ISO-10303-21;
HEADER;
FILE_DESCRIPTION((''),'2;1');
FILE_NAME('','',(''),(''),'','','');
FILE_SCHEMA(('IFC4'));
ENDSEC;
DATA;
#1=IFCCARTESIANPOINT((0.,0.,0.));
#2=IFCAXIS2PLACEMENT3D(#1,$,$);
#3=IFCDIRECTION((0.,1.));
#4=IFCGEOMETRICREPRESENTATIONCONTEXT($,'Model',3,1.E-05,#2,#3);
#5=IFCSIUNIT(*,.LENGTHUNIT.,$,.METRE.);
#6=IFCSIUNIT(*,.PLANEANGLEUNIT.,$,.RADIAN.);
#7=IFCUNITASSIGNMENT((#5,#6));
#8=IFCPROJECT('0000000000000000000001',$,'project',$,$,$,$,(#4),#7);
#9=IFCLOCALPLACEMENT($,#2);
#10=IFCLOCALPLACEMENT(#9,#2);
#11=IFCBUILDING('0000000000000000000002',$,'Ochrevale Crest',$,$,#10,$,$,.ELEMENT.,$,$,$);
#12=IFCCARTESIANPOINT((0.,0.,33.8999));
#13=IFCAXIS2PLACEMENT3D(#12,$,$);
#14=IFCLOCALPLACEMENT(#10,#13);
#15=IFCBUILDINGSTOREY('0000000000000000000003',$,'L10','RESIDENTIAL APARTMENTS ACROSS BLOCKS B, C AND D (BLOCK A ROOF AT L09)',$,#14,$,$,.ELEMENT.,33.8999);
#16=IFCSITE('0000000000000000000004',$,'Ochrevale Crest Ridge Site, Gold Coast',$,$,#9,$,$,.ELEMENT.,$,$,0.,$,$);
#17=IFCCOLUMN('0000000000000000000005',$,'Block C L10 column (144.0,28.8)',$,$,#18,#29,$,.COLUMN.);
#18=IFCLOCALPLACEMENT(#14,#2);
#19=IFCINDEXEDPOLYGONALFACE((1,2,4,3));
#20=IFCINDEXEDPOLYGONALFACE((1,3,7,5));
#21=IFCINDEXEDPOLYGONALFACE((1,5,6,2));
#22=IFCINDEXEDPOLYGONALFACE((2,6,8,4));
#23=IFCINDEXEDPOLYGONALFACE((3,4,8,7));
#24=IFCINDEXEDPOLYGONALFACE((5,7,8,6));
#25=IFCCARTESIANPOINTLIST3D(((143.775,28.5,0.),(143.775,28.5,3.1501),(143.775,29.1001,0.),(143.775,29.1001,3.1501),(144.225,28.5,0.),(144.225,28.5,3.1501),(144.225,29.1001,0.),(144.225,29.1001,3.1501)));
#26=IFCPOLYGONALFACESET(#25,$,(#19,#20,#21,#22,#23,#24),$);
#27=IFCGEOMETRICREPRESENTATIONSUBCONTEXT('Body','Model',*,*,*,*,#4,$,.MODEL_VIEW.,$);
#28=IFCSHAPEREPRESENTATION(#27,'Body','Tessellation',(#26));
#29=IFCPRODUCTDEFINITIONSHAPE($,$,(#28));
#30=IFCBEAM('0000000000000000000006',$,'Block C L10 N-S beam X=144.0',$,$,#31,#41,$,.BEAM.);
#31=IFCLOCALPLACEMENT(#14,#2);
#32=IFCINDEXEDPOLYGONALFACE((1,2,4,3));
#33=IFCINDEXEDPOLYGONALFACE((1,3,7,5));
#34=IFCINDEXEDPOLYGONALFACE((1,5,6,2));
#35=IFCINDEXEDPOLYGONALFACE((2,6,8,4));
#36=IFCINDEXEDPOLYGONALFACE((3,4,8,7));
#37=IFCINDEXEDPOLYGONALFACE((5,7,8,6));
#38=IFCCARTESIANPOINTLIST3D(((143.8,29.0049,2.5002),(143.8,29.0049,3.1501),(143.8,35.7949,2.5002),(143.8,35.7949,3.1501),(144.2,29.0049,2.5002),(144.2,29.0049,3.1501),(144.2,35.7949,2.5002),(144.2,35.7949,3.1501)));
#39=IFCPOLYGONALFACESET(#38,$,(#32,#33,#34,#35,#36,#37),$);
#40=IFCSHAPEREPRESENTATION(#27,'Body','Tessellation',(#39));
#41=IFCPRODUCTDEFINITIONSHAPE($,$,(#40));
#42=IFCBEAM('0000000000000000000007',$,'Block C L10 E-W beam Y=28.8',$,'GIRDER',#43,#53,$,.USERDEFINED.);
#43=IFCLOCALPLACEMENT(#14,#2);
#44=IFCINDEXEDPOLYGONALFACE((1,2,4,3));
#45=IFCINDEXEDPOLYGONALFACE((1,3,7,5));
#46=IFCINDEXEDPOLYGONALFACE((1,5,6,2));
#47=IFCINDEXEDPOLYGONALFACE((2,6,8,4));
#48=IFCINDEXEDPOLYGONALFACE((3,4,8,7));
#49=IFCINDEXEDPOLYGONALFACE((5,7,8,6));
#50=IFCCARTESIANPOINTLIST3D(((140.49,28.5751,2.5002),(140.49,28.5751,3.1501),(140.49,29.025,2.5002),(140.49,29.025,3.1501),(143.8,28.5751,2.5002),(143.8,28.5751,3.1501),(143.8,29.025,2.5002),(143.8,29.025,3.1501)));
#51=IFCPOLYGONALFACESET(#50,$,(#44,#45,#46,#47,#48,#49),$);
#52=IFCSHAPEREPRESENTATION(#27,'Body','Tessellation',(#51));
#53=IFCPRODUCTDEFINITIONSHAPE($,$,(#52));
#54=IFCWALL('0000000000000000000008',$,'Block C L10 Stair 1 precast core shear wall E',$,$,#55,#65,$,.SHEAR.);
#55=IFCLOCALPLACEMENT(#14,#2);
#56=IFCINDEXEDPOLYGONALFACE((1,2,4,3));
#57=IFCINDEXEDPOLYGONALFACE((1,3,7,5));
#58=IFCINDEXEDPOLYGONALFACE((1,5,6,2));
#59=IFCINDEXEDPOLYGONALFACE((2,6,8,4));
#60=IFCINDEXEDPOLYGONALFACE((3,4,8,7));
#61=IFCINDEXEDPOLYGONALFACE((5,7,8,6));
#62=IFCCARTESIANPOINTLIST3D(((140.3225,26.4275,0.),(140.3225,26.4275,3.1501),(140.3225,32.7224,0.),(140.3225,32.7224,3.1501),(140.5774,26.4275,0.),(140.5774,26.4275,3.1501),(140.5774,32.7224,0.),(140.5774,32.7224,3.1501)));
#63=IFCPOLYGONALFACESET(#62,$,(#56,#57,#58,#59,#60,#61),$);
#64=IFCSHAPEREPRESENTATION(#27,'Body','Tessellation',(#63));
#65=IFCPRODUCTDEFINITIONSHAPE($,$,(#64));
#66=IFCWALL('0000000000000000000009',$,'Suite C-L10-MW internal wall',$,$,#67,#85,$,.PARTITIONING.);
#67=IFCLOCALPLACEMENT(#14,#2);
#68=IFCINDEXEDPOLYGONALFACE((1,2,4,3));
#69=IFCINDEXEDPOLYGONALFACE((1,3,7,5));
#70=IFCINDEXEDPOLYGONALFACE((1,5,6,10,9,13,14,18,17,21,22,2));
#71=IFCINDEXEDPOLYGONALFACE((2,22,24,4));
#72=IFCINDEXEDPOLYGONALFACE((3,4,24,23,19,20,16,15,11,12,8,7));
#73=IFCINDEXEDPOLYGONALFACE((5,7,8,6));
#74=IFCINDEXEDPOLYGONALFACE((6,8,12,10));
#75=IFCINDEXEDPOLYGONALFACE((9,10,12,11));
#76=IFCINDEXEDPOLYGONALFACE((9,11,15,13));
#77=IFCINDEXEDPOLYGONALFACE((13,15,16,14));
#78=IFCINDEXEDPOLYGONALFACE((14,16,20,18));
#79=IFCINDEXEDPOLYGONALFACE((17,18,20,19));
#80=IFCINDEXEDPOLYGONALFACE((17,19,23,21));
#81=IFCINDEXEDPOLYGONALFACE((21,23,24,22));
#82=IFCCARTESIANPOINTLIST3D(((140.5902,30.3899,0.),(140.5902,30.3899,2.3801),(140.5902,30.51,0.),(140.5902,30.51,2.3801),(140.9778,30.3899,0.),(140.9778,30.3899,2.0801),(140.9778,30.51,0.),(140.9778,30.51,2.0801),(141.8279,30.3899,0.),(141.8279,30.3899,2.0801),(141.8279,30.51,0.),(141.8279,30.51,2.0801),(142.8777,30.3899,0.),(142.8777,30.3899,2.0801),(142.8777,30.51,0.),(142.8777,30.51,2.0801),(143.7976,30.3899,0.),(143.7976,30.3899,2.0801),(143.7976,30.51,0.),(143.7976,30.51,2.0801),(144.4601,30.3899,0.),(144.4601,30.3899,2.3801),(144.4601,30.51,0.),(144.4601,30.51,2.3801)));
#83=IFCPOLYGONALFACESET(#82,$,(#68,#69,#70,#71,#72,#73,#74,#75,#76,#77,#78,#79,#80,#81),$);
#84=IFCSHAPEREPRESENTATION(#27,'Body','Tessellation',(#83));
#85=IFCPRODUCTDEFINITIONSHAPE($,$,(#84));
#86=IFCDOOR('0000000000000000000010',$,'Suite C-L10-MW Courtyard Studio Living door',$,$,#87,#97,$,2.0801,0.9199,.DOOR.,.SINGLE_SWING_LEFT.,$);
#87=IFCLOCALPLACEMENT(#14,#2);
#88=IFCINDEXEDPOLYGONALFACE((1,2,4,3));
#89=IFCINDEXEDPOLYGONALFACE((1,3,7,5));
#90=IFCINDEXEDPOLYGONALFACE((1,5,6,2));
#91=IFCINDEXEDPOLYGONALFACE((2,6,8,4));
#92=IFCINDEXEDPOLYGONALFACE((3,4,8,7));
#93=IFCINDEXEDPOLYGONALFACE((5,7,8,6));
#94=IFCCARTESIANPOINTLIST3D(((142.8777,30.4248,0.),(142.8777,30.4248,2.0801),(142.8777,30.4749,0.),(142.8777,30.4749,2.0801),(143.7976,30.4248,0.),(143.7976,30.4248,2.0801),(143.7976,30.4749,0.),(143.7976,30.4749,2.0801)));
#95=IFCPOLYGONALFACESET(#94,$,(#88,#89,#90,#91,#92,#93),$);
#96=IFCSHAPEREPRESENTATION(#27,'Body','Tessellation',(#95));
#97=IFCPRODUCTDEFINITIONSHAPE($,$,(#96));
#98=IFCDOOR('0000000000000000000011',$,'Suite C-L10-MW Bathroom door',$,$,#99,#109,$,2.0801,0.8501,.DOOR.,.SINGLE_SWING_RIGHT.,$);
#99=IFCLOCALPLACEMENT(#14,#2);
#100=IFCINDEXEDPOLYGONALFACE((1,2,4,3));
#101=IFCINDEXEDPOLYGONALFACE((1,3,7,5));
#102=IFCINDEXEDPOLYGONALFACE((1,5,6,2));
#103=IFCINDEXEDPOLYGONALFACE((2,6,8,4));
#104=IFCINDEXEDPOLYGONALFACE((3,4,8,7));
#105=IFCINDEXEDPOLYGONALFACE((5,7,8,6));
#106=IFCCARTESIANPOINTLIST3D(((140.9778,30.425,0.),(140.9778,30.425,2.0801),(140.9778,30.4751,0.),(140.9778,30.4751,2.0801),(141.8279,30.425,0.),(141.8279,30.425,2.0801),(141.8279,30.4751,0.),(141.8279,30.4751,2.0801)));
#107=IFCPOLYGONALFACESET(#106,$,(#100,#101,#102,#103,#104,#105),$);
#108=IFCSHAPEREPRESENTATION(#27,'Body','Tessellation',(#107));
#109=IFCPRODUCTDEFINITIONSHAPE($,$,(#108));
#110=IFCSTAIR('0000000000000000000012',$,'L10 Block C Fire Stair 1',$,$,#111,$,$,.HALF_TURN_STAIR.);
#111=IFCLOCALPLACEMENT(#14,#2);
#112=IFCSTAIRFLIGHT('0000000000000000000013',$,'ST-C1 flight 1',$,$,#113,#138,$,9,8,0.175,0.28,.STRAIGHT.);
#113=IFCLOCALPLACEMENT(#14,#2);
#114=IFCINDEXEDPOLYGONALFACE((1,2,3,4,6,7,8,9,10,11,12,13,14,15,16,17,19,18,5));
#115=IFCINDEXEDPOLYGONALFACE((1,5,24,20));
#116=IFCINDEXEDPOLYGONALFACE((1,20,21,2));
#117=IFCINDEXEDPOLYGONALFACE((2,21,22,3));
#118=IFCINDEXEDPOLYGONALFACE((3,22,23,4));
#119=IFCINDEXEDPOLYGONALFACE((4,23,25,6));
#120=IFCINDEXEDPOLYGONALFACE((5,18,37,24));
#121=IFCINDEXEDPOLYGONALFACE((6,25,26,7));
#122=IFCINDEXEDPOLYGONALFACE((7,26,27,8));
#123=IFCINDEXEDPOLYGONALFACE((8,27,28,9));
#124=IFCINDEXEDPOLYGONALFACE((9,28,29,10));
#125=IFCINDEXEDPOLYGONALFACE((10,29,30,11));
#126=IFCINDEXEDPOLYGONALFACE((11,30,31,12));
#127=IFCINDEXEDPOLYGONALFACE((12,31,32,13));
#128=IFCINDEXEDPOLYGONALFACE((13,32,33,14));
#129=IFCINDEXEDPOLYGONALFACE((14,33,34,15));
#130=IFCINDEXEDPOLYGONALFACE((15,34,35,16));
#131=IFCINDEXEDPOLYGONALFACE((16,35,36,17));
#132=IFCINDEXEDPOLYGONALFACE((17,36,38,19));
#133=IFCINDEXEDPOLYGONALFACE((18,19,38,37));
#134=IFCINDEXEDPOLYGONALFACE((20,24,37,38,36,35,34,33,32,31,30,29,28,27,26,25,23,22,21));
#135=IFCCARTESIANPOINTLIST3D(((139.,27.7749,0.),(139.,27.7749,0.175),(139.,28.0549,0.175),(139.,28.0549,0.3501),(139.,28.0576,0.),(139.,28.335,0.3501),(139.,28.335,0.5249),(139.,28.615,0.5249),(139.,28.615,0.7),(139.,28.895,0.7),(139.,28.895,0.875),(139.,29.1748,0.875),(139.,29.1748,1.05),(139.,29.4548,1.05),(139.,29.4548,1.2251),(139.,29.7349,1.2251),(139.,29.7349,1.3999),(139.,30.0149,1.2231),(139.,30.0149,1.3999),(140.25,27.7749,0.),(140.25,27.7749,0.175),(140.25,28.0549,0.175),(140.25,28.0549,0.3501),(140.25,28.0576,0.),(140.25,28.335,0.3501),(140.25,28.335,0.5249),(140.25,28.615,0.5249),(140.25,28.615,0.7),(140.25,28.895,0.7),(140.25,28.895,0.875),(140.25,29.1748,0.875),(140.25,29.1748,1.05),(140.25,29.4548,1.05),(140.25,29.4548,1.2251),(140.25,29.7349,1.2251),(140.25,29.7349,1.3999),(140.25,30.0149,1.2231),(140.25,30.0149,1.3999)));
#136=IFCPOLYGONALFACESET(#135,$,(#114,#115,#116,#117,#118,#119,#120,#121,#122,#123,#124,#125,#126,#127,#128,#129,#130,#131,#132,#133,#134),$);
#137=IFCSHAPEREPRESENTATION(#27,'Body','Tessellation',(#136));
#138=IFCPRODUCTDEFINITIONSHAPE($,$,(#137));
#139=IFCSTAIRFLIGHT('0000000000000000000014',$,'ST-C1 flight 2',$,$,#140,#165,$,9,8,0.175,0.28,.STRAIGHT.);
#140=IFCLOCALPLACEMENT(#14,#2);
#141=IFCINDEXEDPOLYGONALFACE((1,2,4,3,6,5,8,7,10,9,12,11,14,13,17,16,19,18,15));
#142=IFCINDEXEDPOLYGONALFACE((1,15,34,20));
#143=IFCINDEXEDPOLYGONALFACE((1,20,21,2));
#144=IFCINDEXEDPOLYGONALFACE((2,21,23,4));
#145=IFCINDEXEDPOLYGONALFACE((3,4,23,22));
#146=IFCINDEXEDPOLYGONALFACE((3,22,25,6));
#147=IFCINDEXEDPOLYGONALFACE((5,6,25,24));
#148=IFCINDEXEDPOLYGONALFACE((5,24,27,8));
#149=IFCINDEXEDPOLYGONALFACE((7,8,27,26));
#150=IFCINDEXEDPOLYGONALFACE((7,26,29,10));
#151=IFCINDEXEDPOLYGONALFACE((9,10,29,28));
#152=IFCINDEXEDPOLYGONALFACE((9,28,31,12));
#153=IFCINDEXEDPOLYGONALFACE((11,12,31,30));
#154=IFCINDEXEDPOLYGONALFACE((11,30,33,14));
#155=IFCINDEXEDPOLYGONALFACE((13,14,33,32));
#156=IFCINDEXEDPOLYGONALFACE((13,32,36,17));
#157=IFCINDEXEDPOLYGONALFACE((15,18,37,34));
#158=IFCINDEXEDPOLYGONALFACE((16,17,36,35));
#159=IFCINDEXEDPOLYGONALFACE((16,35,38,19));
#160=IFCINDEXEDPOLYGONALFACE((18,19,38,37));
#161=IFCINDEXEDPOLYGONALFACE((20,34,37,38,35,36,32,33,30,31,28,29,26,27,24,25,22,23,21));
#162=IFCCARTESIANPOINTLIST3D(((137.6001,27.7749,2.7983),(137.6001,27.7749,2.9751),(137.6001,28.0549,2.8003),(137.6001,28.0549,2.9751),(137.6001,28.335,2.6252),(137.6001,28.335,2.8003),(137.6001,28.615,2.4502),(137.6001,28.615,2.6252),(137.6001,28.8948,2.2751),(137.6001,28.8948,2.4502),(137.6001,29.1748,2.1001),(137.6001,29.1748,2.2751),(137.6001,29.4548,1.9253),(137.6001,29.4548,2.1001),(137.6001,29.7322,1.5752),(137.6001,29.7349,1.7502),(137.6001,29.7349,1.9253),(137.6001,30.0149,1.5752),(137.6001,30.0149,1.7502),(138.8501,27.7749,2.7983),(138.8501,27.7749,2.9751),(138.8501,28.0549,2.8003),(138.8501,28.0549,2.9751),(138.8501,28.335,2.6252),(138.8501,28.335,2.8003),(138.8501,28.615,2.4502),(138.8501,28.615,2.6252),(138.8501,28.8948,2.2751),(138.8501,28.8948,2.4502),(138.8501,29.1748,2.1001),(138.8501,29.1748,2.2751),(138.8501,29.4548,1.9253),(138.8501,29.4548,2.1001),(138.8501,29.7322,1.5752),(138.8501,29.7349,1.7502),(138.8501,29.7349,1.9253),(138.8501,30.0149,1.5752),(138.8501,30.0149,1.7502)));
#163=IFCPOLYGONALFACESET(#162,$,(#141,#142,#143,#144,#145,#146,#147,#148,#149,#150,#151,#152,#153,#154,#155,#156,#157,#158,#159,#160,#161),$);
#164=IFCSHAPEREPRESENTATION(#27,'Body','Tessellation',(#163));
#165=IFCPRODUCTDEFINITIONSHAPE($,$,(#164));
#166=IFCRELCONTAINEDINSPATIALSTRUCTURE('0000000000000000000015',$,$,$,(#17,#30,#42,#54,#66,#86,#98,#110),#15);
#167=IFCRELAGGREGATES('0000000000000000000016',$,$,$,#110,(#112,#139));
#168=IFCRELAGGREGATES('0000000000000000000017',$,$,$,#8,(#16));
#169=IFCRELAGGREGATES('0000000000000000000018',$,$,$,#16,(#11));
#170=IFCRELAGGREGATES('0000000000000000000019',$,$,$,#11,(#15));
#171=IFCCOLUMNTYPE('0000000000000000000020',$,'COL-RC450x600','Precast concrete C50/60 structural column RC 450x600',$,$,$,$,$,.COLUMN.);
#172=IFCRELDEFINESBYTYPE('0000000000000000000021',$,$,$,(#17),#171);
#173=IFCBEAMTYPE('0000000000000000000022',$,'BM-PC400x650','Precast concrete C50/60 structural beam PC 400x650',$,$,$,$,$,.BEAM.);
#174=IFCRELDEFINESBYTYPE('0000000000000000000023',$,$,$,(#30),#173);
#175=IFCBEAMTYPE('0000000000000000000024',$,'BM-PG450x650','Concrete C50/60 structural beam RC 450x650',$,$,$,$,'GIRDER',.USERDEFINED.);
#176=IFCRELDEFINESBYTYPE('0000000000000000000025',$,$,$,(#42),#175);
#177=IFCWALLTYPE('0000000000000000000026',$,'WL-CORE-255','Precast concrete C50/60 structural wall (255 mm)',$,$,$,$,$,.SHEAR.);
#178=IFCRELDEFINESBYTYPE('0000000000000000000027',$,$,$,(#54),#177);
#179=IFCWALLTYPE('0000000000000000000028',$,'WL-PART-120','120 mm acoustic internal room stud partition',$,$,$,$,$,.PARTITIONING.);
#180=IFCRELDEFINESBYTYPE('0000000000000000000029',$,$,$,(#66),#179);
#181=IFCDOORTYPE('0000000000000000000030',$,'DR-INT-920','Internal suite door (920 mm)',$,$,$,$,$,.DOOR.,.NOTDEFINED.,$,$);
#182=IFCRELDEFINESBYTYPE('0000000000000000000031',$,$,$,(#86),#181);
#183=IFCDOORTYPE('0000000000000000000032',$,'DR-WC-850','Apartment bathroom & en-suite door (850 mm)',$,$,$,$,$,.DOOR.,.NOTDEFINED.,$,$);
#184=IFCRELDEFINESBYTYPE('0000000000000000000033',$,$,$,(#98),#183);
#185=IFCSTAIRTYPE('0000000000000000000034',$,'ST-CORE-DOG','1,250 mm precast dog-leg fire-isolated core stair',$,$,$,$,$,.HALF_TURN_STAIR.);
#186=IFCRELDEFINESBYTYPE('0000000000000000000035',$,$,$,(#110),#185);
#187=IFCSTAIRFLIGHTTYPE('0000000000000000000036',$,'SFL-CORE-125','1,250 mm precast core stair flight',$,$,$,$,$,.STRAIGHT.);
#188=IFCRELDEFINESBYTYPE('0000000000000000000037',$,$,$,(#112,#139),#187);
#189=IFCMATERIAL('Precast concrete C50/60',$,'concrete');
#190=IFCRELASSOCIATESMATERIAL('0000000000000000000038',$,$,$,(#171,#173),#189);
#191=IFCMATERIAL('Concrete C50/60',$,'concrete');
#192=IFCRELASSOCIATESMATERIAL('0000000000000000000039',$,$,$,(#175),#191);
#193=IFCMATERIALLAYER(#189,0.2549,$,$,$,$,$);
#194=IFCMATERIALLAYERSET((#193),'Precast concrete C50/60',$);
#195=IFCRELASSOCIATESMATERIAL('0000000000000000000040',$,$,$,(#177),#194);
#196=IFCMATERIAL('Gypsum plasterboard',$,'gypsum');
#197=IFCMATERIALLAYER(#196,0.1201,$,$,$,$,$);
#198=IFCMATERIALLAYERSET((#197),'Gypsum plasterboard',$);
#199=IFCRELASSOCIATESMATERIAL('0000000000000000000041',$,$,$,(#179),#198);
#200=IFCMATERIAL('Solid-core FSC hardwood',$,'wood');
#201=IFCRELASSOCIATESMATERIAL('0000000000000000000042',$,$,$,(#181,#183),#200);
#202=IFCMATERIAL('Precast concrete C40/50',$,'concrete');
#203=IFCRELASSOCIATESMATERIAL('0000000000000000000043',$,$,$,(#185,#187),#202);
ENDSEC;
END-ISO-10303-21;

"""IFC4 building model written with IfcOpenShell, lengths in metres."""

from ifc_helpers import new_model, si_unit, direction, frame, frame_2d, origin, origin_2d, place, context, subcontext, project, spatial, polyline, rectangle, outline, extrude, material, layer, layer_set, material_profile, profile_set, type_object, element, fill, aggregate, save


model = new_model("IFC4")

# Units and contexts
model_context = context("Model", 3, precision=1e-05, world=origin(), true_north=direction((0.0, 1.0)))
body_context = subcontext(model_context, "Body", "Model", "MODEL_VIEW")
ifc_project = project(units=[si_unit("LENGTHUNIT", "METRE"), si_unit("PLANEANGLEUNIT", "RADIAN")], contexts=[model_context])

# Site, building, storey
site_placement = place(None, origin())
site = spatial("IfcSite", under=ifc_project, at=site_placement, Name="Ochrevale Crest Ridge Site, Gold Coast", CompositionType="ELEMENT", RefElevation=0.0)
building_placement = place(site_placement, origin())
building = spatial("IfcBuilding", under=site, at=building_placement, Name="Ochrevale Crest", CompositionType="ELEMENT")
storey_placement = place(building_placement, frame((0.0, 0.0, 33.8999)))
storey = spatial("IfcBuildingStorey", under=building, at=storey_placement, Name="L10", Description="RESIDENTIAL APARTMENTS ACROSS BLOCKS B, C AND D (BLOCK A ROOF AT L09)", CompositionType="ELEMENT", Elevation=33.8999)

# Column
ifc_material_1 = material(Name="Precast concrete C50/60", Category="concrete")
ifc_material_profile_1 = material_profile(ifc_material_1, rectangle(XDim=0.45, YDim=0.6001, at=origin_2d()), Name="RC 450x600")
ifc_profile_set_1 = profile_set([ifc_material_profile_1], Name="Precast concrete C50/60")
column_type = type_object("IfcColumnType", Name="COL-RC450x600", Description="Precast concrete C50/60 structural column RC 450x600", PredefinedType="COLUMN", material=ifc_profile_set_1)
column_placement = place(storey_placement, frame((144.0, 28.8, 0.0), z_axis=(0.0, 0.0, 1.0), x_axis=(1.0, 0.0, 0.0)))
element("IfcColumn", 1, at=column_placement, inside=storey, type_object=column_type, Name="Block C L10 column (144.0,28.8)", PredefinedType="COLUMN", context=body_context, shape_type="SweptSolid", body=[
    extrude(rectangle(XDim=0.45, YDim=0.6001, at=origin_2d()), origin(), (0.0, 0.0, 1.0), 3.1501),
])

# Beams
ifc_material_profile_2 = material_profile(ifc_material_1, rectangle(XDim=0.3999, YDim=0.6499, at=origin_2d()), Name="PC 400x650")
ifc_profile_set_2 = profile_set([ifc_material_profile_2], Name="Precast concrete C50/60")
beam_type_1 = type_object("IfcBeamType", Name="BM-PC400x650", Description="Precast concrete C50/60 structural beam PC 400x650", PredefinedType="BEAM", material=ifc_profile_set_2)
beam_1_placement = place(storey_placement, frame((144.0, 29.0049, 2.8252), z_axis=(0.0, 1.0, 0.0), x_axis=(-1.0, 0.0, 0.0)))
element("IfcBeam", 2, at=beam_1_placement, inside=storey, type_object=beam_type_1, Name="Block C L10 N-S beam X=144.0", PredefinedType="BEAM", context=body_context, shape_type="SweptSolid", body=[
    extrude(rectangle(XDim=0.3999, YDim=0.6499, at=origin_2d()), origin(), (0.0, 0.0, 1.0), 6.79),
])
ifc_material_2 = material(Name="Concrete C50/60", Category="concrete")
ifc_material_profile_3 = material_profile(ifc_material_2, rectangle(XDim=0.45, YDim=0.6499, at=origin_2d()), Name="RC 450x650")
ifc_profile_set_3 = profile_set([ifc_material_profile_3], Name="Concrete C50/60")
beam_type_2 = type_object("IfcBeamType", Name="BM-PG450x650", Description="Concrete C50/60 structural beam RC 450x650", ElementType="GIRDER", PredefinedType="USERDEFINED", material=ifc_profile_set_3)
beam_2_placement = place(storey_placement, frame((140.49, 28.8, 2.8252), z_axis=(1.0, 0.0, 0.0), x_axis=(0.0, 1.0, 0.0)))
element("IfcBeam", 3, at=beam_2_placement, inside=storey, type_object=beam_type_2, Name="Block C L10 E-W beam Y=28.8", ObjectType="GIRDER", PredefinedType="USERDEFINED", context=body_context, shape_type="SweptSolid", body=[
    extrude(rectangle(XDim=0.45, YDim=0.6499, at=origin_2d()), origin(), (0.0, 0.0, 1.0), 3.3101),
])

# Wall
ifc_layer_1 = layer(ifc_material_1, 0.2549)
ifc_layer_set_1 = layer_set([ifc_layer_1], Name="Precast concrete C50/60")
wall_type_1 = type_object("IfcWallType", Name="WL-CORE-255", Description="Precast concrete C50/60 structural wall (255 mm)", PredefinedType="SHEAR", material=ifc_layer_set_1)
wall_1_placement = place(storey_placement, frame((140.45, 26.4275, 0.0), z_axis=(0.0, 0.0, 1.0), x_axis=(0.0, 1.0, 0.0)))
element("IfcWall", 4, at=wall_1_placement, inside=storey, type_object=wall_type_1, Name="Block C L10 Stair 1 precast core shear wall E", PredefinedType="SHEAR", context=body_context, shape_type="SweptSolid", body=[
    extrude(rectangle(XDim=6.2949, YDim=0.2549, at=frame_2d((3.1475, 0.0))), origin(), (0.0, 0.0, 1.0), 3.1501),
])

# Shared definitions
ifc_material_3 = material(Name="Solid-core FSC hardwood", Category="wood")

# Wall, openings, doors
ifc_material_4 = material(Name="Gypsum plasterboard", Category="gypsum")
ifc_layer_2 = layer(ifc_material_4, 0.1201)
ifc_layer_set_2 = layer_set([ifc_layer_2], Name="Gypsum plasterboard")
wall_type_2 = type_object("IfcWallType", Name="WL-PART-120", Description="120 mm acoustic internal room stud partition", PredefinedType="PARTITIONING", material=ifc_layer_set_2)
wall_2_placement = place(storey_placement, frame((140.5901, 30.45, 0.0), z_axis=(0.0, 0.0, 1.0), x_axis=(1.0, 0.0, 0.0)))
wall_2 = element("IfcWall", 5, at=wall_2_placement, inside=storey, type_object=wall_type_2, Name="Suite C-L10-MW internal wall", PredefinedType="PARTITIONING", context=body_context, shape_type="SweptSolid", body=[
    extrude(rectangle(XDim=3.8699, YDim=0.1201, at=frame_2d((1.9351, 0.0))), origin(), (0.0, 0.0, 1.0), 2.3801),
])
opening_1_placement = place(wall_2_placement, frame((1.2378, 0.0, 0.0), z_axis=(0.0, 0.0, 1.0), x_axis=(-1.0, 0.0, 0.0)))
opening_1 = element("IfcOpeningElement", 6, at=opening_1_placement, cuts=wall_2, PredefinedType="OPENING", context=body_context, shape_type="SweptSolid", body=[
    extrude(rectangle(XDim=0.8501, YDim=2.0801, at=frame_2d((0.425, 1.04))), frame((0.0, 0.0701, 0.0), z_axis=(0.0, -1.0, 0.0), x_axis=(1.0, 0.0, 0.0)), (0.0, 0.0, 1.0), 0.1401),
])
opening_2_placement = place(wall_2_placement, frame((2.2876, 0.0, 0.0)))
opening_2 = element("IfcOpeningElement", 7, at=opening_2_placement, cuts=wall_2, PredefinedType="OPENING", context=body_context, shape_type="SweptSolid", body=[
    extrude(rectangle(XDim=0.9199, YDim=2.0801, at=frame_2d((0.46, 1.04))), frame((0.0, 0.0701, 0.0), z_axis=(0.0, -1.0, 0.0), x_axis=(1.0, 0.0, 0.0)), (0.0, 0.0, 1.0), 0.1401),
])
door_type_1 = type_object("IfcDoorType", Name="DR-INT-920", Description="Internal suite door (920 mm)", OperationType="NOTDEFINED", PredefinedType="DOOR", material=ifc_material_3)
door_1_placement = place(opening_2_placement, origin())
door_1 = element("IfcDoor", 8, at=door_1_placement, inside=storey, type_object=door_type_1, Name="Suite C-L10-MW Courtyard Studio Living door", OperationType="SINGLE_SWING_LEFT", OverallHeight=2.0801, OverallWidth=0.9199, PredefinedType="DOOR", context=body_context, shape_type="SweptSolid", body=[
    extrude(rectangle(XDim=0.9199, YDim=2.0801, at=frame_2d((0.46, 1.04))), frame((0.0, 0.0249, 0.0), z_axis=(0.0, -1.0, 0.0), x_axis=(1.0, 0.0, 0.0)), (0.0, 0.0, 1.0), 0.05),
])
fill(opening_2, door_1)
door_type_2 = type_object("IfcDoorType", Name="DR-WC-850", Description="Apartment bathroom & en-suite door (850 mm)", OperationType="NOTDEFINED", PredefinedType="DOOR", material=ifc_material_3)
door_2_placement = place(opening_1_placement, origin())
door_2 = element("IfcDoor", 9, at=door_2_placement, inside=storey, type_object=door_type_2, Name="Suite C-L10-MW Bathroom door", OperationType="SINGLE_SWING_RIGHT", OverallHeight=2.0801, OverallWidth=0.8501, PredefinedType="DOOR", context=body_context, shape_type="SweptSolid", body=[
    extrude(rectangle(XDim=0.8501, YDim=2.0801, at=frame_2d((0.425, 1.04))), frame((0.0, 0.0249, 0.0), z_axis=(0.0, -1.0, 0.0), x_axis=(1.0, 0.0, 0.0)), (0.0, 0.0, 1.0), 0.05),
])
fill(opening_1, door_2)

# Stair, stair flights
ifc_material_5 = material(Name="Precast concrete C40/50", Category="concrete")
stair_type = type_object("IfcStairType", Name="ST-CORE-DOG", Description="1,250 mm precast dog-leg fire-isolated core stair", PredefinedType="HALF_TURN_STAIR", material=ifc_material_5)
stair_placement = place(storey_placement, origin())
stair = element("IfcStair", 10, at=stair_placement, inside=storey, type_object=stair_type, Name="L10 Block C Fire Stair 1", PredefinedType="HALF_TURN_STAIR")
stair_flight_type = type_object("IfcStairFlightType", Name="SFL-CORE-125", Description="1,250 mm precast core stair flight", PredefinedType="STRAIGHT", material=ifc_material_5)
stair_flight_1_placement = place(storey_placement, frame((139.625, 27.7749, 0.0), z_axis=(0.0, 0.0, 1.0), x_axis=(0.0, 1.0, 0.0)))
stair_flight_1 = element("IfcStairFlight", 11, at=stair_flight_1_placement, type_object=stair_flight_type, Name="ST-C1 flight 1", NumberOfRisers=9, NumberOfTreads=8, PredefinedType="STRAIGHT", RiserHeight=0.175, TreadLength=0.28, context=body_context, shape_type="SweptSolid", body=[
    extrude(outline(polyline([(0.0, 0.0), (0.0, 0.175), (0.28, 0.175), (0.28, 0.3501), (0.5601, 0.3501), (0.5601, 0.5249), (0.8401, 0.5249), (0.8401, 0.7), (1.1201, 0.7), (1.1201, 0.875), (1.3999, 0.875), (1.3999, 1.05), (1.6799, 1.05), (1.6799, 1.2251), (1.96, 1.2251), (1.96, 1.3999), (2.24, 1.3999), (2.24, 1.575), (2.24, 1.2231), (0.2827, 0.0), (0.0, 0.0)])), frame((0.0, 0.625, 0.0), z_axis=(0.0, -1.0, 0.0), x_axis=(1.0, 0.0, 0.0)), (0.0, 0.0, 1.0), 1.25),
])
stair_flight_2_placement = place(storey_placement, frame((138.2251, 30.0149, 1.5752), z_axis=(0.0, 0.0, 1.0), x_axis=(0.0, -1.0, 0.0)))
stair_flight_2 = element("IfcStairFlight", 12, at=stair_flight_2_placement, type_object=stair_flight_type, Name="ST-C1 flight 2", NumberOfRisers=9, NumberOfTreads=8, PredefinedType="STRAIGHT", RiserHeight=0.175, TreadLength=0.28, context=body_context, shape_type="SweptSolid", body=[
    extrude(outline(polyline([(0.0, 0.0), (0.0, 0.175), (0.28, 0.175), (0.28, 0.3501), (0.5601, 0.3501), (0.5601, 0.5249), (0.8401, 0.5249), (0.8401, 0.7), (1.1201, 0.7), (1.1201, 0.875), (1.3999, 0.875), (1.3999, 1.05), (1.6799, 1.05), (1.6799, 1.2251), (1.96, 1.2251), (1.96, 1.3999), (2.24, 1.3999), (2.24, 1.575), (2.24, 1.2231), (0.2827, 0.0), (0.0, 0.0)])), frame((0.0, 0.625, 0.0), z_axis=(0.0, -1.0, 0.0), x_axis=(1.0, 0.0, 0.0)), (0.0, 0.0, 1.0), 1.25),
])
aggregate(stair, [stair_flight_1, stair_flight_2])

save(model, "model.ifc")
